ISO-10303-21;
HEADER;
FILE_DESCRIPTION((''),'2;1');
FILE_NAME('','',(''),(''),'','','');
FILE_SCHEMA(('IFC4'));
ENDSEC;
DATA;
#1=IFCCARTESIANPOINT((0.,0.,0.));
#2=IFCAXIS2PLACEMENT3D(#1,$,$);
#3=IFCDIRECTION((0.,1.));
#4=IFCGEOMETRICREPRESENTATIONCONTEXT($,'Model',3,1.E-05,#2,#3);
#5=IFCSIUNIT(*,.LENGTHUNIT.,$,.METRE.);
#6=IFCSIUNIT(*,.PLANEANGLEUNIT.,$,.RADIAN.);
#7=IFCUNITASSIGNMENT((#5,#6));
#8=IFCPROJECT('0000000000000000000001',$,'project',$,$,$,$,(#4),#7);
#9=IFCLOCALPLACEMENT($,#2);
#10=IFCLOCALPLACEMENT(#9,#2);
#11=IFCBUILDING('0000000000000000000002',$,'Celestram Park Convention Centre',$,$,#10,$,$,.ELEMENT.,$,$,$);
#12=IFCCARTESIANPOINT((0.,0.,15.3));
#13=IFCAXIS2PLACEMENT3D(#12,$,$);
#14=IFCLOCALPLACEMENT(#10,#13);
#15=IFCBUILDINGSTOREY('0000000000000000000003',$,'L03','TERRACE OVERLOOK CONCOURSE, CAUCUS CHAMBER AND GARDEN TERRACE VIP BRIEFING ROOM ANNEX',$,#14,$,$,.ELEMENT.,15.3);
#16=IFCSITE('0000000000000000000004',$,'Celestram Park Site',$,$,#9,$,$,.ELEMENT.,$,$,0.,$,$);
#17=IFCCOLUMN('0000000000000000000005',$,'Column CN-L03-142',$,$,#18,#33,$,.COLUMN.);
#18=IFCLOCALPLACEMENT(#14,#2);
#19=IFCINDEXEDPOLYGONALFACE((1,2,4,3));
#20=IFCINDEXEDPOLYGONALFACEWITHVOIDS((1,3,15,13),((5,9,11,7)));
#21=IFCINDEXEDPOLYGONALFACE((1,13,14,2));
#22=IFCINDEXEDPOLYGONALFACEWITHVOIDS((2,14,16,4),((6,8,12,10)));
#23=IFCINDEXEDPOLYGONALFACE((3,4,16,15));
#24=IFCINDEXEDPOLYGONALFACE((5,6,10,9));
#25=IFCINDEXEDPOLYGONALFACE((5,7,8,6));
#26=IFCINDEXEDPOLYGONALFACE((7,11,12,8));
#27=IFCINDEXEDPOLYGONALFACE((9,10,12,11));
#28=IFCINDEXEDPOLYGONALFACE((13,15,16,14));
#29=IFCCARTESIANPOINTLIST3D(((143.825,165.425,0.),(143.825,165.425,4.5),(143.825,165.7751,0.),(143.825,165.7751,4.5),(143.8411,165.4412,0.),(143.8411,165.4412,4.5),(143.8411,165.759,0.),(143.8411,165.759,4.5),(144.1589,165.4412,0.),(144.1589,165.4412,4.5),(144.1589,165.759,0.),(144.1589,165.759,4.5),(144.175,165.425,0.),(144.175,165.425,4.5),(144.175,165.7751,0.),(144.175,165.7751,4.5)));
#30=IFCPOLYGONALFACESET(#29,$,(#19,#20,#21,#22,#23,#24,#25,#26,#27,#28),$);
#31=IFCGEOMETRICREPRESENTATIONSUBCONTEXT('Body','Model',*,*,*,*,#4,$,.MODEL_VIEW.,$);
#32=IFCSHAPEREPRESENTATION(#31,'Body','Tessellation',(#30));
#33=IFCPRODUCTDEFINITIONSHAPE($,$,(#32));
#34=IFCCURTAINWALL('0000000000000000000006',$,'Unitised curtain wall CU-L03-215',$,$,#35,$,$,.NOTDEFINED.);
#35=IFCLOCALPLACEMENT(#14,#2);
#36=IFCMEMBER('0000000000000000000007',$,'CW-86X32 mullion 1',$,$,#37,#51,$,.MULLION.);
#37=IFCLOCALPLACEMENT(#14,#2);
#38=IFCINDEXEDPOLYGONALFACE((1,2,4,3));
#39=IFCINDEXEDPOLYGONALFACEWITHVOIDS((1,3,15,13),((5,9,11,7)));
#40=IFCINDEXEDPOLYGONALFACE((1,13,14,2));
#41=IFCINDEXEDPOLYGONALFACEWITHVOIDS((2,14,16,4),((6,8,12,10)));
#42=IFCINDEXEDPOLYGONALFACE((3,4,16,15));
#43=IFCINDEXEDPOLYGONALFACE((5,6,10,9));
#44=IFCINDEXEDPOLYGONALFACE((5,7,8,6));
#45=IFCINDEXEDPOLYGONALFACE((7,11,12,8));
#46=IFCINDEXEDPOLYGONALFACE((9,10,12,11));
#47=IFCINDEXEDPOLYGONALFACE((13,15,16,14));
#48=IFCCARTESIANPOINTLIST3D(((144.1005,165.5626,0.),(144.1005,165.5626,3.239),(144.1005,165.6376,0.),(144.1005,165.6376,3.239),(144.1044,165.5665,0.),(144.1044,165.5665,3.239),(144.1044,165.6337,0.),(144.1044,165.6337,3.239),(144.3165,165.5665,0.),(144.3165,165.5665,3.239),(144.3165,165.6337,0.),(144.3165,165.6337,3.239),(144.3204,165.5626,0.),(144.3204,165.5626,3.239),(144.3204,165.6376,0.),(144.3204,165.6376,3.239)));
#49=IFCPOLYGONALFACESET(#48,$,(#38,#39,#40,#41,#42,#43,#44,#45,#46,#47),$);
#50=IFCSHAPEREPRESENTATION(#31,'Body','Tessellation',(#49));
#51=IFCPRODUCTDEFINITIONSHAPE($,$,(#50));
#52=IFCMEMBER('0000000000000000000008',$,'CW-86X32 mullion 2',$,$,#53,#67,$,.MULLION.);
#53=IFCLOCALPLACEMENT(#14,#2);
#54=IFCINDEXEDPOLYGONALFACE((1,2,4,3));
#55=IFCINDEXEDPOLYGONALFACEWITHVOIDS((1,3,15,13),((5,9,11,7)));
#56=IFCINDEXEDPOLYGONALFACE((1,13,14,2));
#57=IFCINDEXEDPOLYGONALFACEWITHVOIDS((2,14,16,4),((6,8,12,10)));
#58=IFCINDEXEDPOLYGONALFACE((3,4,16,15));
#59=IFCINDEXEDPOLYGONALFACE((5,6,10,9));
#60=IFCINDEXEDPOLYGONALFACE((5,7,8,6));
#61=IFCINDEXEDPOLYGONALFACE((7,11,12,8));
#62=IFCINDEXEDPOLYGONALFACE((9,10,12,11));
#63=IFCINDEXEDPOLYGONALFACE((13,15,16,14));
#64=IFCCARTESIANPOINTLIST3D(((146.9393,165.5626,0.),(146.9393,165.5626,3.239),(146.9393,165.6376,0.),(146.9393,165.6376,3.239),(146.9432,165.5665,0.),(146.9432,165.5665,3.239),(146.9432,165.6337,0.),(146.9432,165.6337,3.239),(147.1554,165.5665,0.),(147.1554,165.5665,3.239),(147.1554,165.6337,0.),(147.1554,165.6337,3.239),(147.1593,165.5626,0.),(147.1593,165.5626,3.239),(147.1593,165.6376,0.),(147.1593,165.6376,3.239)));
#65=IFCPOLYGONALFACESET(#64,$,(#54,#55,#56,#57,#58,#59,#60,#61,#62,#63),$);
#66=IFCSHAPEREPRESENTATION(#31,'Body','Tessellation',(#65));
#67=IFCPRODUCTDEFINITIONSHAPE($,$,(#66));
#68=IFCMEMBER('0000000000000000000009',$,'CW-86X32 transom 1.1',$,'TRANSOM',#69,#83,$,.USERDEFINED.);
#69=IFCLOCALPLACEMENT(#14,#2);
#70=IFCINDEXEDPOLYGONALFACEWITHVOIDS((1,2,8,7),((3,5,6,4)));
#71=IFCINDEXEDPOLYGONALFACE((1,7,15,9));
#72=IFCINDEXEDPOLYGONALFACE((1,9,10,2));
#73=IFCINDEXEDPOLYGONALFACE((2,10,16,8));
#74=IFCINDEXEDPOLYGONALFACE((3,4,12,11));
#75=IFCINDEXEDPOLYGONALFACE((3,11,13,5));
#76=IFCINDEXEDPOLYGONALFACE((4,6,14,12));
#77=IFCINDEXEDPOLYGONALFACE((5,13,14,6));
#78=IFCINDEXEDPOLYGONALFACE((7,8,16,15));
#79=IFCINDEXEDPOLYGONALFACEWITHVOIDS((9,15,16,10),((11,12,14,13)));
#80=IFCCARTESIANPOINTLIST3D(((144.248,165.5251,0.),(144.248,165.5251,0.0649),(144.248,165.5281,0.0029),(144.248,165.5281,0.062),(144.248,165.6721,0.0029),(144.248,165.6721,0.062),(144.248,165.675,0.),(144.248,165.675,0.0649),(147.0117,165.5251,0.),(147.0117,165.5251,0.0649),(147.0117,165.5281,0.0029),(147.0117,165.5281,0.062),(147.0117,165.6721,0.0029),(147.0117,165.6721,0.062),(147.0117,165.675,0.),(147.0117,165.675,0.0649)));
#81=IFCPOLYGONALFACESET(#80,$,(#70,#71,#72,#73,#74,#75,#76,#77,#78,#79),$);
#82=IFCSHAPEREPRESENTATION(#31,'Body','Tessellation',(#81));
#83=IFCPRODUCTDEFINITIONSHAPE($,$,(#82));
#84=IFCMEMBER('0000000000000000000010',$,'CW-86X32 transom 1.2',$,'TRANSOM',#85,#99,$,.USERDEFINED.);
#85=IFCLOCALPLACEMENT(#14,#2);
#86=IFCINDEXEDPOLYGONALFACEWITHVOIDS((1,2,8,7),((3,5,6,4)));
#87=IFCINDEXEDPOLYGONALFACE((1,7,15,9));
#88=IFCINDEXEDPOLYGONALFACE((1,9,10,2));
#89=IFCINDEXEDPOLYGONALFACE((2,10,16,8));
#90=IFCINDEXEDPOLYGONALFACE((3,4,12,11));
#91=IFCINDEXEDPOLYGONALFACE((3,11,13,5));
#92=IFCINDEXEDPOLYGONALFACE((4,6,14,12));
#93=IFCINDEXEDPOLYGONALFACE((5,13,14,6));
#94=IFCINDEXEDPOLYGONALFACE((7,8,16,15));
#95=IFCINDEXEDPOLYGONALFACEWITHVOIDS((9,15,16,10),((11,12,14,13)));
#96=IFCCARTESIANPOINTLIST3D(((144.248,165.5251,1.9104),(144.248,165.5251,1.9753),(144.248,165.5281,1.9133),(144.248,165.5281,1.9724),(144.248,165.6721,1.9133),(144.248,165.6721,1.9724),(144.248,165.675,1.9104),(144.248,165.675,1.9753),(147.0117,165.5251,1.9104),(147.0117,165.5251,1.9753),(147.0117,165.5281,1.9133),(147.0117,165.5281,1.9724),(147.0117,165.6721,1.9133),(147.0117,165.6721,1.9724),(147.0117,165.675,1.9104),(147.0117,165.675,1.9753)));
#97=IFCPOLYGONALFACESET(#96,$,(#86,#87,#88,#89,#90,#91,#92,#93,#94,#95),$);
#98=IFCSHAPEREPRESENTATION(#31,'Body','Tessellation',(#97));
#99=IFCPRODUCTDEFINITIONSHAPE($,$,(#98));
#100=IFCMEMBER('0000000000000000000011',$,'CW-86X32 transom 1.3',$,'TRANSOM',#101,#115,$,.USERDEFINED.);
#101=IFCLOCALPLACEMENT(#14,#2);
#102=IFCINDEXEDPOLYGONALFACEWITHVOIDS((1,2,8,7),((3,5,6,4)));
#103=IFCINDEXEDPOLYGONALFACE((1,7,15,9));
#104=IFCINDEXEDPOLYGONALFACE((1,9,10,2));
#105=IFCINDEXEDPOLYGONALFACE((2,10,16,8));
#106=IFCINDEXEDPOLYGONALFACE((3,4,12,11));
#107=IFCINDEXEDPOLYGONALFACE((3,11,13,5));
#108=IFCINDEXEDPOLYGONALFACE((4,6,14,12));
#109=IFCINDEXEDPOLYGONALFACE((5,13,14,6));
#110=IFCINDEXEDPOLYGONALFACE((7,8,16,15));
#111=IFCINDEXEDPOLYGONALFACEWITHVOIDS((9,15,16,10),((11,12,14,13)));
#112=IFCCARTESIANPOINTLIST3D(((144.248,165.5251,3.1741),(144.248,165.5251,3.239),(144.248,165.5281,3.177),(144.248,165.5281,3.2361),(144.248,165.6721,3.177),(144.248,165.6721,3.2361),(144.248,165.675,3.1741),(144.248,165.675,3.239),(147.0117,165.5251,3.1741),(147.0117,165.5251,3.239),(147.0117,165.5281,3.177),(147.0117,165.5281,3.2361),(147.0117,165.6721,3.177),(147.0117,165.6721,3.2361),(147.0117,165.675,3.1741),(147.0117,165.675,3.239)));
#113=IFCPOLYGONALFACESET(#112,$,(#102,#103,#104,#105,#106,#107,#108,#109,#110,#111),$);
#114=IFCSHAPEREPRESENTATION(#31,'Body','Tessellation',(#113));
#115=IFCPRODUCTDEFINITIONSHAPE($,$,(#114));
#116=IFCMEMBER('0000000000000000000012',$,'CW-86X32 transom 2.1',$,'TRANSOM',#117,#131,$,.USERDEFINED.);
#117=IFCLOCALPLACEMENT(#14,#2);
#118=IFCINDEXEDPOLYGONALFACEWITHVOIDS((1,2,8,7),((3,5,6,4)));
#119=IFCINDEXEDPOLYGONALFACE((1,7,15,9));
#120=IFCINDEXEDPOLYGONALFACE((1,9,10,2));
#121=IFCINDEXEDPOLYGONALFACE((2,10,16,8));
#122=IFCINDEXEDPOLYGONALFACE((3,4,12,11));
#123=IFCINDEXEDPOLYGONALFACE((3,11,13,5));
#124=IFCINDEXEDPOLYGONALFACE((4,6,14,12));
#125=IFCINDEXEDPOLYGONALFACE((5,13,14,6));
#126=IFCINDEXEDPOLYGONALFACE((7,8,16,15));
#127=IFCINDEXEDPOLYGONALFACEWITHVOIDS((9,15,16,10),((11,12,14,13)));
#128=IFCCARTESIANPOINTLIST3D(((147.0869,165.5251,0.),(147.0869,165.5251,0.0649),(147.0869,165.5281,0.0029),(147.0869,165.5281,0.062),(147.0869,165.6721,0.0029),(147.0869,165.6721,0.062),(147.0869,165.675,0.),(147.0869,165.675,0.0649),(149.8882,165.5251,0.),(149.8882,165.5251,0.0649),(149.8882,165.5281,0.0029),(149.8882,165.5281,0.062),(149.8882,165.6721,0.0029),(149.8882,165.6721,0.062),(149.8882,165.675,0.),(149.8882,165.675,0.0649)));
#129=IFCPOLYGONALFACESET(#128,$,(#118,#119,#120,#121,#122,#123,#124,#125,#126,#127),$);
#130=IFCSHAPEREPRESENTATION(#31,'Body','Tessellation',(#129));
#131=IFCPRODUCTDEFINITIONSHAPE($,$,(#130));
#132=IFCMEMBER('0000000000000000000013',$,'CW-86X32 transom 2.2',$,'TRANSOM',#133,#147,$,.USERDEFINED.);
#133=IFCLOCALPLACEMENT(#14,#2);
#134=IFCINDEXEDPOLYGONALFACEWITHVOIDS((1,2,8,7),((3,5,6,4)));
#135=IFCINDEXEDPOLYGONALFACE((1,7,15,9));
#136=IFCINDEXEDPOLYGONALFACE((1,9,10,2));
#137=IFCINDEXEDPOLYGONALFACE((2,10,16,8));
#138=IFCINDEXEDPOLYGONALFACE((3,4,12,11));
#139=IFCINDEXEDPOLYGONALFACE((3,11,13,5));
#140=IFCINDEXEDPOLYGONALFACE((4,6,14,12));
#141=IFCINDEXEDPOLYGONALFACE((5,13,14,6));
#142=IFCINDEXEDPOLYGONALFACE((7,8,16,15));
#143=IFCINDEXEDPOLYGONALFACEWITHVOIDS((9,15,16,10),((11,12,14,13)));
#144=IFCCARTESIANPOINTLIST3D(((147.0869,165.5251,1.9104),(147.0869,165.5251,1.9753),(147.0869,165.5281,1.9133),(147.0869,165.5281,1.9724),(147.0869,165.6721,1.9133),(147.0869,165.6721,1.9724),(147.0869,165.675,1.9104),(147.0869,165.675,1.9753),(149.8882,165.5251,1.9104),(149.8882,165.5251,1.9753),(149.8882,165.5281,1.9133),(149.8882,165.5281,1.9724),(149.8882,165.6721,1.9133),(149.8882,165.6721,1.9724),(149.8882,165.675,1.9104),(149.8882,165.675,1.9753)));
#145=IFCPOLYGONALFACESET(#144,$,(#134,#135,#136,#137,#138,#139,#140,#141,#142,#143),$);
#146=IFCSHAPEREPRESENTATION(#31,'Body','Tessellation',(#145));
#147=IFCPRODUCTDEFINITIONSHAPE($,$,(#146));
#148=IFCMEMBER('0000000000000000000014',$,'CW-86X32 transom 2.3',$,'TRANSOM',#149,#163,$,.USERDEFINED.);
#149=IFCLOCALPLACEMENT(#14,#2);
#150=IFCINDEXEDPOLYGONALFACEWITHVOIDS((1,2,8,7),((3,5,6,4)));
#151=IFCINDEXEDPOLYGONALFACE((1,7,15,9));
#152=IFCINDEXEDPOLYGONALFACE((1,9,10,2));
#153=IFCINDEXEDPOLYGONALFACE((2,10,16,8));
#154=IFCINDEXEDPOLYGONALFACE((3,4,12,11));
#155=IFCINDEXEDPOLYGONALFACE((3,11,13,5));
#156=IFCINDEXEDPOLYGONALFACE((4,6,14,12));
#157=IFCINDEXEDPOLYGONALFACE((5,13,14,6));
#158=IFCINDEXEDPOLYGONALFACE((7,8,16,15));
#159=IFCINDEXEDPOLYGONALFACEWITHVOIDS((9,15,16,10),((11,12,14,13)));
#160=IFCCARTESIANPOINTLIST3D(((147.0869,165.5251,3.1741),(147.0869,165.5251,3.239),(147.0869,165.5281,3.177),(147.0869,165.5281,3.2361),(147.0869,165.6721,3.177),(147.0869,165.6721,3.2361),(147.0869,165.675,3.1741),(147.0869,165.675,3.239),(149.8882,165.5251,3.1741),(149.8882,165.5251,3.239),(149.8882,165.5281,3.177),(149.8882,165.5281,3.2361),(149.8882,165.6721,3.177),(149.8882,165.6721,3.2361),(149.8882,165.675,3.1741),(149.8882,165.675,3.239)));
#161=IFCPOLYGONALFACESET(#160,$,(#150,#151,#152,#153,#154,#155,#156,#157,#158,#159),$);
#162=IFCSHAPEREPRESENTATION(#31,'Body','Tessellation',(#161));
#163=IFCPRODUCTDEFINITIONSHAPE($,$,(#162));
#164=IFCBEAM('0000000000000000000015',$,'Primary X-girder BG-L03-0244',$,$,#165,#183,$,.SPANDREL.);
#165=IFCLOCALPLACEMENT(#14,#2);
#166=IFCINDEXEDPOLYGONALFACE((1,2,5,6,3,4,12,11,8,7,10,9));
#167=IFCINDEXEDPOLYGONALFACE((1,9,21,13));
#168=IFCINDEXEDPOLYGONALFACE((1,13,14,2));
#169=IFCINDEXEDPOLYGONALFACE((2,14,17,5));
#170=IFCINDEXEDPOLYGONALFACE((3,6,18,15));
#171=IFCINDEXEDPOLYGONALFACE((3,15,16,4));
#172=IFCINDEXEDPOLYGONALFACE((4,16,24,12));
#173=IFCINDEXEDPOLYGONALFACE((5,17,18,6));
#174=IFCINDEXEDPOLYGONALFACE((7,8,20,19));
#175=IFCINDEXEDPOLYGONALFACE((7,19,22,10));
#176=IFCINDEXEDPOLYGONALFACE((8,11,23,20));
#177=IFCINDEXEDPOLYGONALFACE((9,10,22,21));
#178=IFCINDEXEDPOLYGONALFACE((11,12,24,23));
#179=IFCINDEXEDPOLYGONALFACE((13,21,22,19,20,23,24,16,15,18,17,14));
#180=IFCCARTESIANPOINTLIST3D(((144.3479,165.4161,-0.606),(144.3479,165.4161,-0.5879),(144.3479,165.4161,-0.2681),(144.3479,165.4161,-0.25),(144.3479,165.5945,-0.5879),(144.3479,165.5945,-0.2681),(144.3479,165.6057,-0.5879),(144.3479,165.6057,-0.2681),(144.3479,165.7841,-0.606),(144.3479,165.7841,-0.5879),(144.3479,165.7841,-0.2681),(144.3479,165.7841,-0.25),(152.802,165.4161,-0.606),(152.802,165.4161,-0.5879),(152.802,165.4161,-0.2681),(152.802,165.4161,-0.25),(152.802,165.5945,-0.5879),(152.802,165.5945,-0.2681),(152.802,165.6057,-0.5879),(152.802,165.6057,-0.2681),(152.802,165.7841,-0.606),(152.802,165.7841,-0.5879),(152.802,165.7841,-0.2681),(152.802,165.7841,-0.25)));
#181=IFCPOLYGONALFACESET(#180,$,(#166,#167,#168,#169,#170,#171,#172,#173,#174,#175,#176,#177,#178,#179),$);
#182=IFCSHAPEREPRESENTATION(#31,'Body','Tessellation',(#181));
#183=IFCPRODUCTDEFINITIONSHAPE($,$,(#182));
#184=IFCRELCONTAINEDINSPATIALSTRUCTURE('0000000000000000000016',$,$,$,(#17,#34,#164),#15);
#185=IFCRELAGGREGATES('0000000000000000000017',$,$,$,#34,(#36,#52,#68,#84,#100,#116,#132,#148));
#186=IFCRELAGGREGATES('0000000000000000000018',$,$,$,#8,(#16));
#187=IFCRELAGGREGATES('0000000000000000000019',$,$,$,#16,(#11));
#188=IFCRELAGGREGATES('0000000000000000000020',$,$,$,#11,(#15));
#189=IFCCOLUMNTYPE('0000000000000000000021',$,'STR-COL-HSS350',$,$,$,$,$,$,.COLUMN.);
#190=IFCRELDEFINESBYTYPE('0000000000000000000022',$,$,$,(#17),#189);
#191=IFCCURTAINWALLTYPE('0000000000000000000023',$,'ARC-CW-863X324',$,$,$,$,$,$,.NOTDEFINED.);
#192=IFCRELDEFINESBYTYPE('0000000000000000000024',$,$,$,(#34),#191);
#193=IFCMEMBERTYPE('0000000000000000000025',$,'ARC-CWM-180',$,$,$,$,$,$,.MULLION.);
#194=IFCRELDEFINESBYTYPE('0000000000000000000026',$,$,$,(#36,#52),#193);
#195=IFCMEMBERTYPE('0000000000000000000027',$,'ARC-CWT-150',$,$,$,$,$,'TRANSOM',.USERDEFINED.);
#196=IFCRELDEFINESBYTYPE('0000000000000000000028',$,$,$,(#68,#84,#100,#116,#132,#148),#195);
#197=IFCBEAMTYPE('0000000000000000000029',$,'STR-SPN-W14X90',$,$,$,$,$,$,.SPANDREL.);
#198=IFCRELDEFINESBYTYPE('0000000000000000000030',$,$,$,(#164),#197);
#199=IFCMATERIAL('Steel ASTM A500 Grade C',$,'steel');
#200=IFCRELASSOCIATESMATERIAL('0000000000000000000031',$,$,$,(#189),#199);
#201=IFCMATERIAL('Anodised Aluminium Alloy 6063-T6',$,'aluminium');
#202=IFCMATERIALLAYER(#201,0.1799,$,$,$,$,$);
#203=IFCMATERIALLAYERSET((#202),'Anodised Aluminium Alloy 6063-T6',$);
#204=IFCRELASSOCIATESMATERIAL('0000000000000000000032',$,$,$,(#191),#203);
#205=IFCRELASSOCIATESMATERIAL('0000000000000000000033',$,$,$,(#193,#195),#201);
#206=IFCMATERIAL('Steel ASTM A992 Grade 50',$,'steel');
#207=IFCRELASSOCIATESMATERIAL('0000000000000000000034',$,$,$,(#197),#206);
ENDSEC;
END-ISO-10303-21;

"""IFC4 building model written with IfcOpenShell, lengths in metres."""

from ifc_helpers import new_model, si_unit, direction, frame, origin, origin_2d, place, context, subcontext, project, spatial, hollow_rectangle, i_section, extrude, material, layer, layer_set, material_profile, profile_set, type_object, element, aggregate, save


model = new_model("IFC4")

# Units and contexts
model_context = context("Model", 3, precision=1e-05, world=origin(), true_north=direction((0.0, 1.0)))
body_context = subcontext(model_context, "Body", "Model", "MODEL_VIEW")
ifc_project = project(units=[si_unit("LENGTHUNIT", "METRE"), si_unit("PLANEANGLEUNIT", "RADIAN")], contexts=[model_context])

# Site, building, storey
site_placement = place(None, origin())
site = spatial("IfcSite", under=ifc_project, at=site_placement, Name="Celestram Park Site", CompositionType="ELEMENT", RefElevation=0.0)
building_placement = place(site_placement, origin())
building = spatial("IfcBuilding", under=site, at=building_placement, Name="Celestram Park Convention Centre", CompositionType="ELEMENT")
storey_placement = place(building_placement, frame((0.0, 0.0, 15.3)))
storey = spatial("IfcBuildingStorey", under=building, at=storey_placement, Name="L03", Description="TERRACE OVERLOOK CONCOURSE, CAUCUS CHAMBER AND GARDEN TERRACE VIP BRIEFING ROOM ANNEX", CompositionType="ELEMENT", Elevation=15.3)

# Column
ifc_material_1 = material(Name="Steel ASTM A500 Grade C", Category="steel")
ifc_material_profile_1 = material_profile(ifc_material_1, hollow_rectangle(XDim=0.3501, YDim=0.3501, WallThickness=0.0161, at=origin_2d()), Name="HSS350X350X16")
ifc_profile_set_1 = profile_set([ifc_material_profile_1], Name="Steel ASTM A500 Grade C")
column_type = type_object("IfcColumnType", Name="STR-COL-HSS350", PredefinedType="COLUMN", material=ifc_profile_set_1)
column_placement = place(storey_placement, frame((144.0, 165.6001, 0.0), z_axis=(0.0, 0.0, 1.0), x_axis=(1.0, 0.0, 0.0)))
element("IfcColumn", 1, at=column_placement, inside=storey, type_object=column_type, Name="Column CN-L03-142", PredefinedType="COLUMN", context=body_context, shape_type="SweptSolid", body=[
    extrude(hollow_rectangle(XDim=0.3501, YDim=0.3501, WallThickness=0.0161, at=origin_2d()), origin(), (0.0, 0.0, 1.0), 4.5),
])

# Curtain wall, members
ifc_material_2 = material(Name="Anodised Aluminium Alloy 6063-T6", Category="aluminium")
ifc_layer_1 = layer(ifc_material_2, 0.1799)
ifc_layer_set_1 = layer_set([ifc_layer_1], Name="Anodised Aluminium Alloy 6063-T6")
curtain_wall_type = type_object("IfcCurtainWallType", Name="ARC-CW-863X324", PredefinedType="NOTDEFINED", material=ifc_layer_set_1)
curtain_wall_placement = place(storey_placement, origin())
curtain_wall = element("IfcCurtainWall", 2, at=curtain_wall_placement, inside=storey, type_object=curtain_wall_type, Name="Unitised curtain wall CU-L03-215", PredefinedType="NOTDEFINED")
ifc_material_profile_2 = material_profile(ifc_material_2, hollow_rectangle(XDim=0.075, YDim=0.22, WallThickness=0.0039, at=origin_2d()), Name="ALU75X220X4")
ifc_profile_set_2 = profile_set([ifc_material_profile_2], Name="Anodised Aluminium Alloy 6063-T6")
member_type_1 = type_object("IfcMemberType", Name="ARC-CWM-180", PredefinedType="MULLION", material=ifc_profile_set_2)
member_1_placement = place(storey_placement, frame((144.2104, 165.6001, 0.0), z_axis=(0.0, 0.0, 1.0), x_axis=(0.0, 1.0, 0.0)))
member_1 = element("IfcMember", 3, at=member_1_placement, type_object=member_type_1, Name="CW-86X32 mullion 1", PredefinedType="MULLION", context=body_context, shape_type="SweptSolid", body=[
    extrude(hollow_rectangle(XDim=0.075, YDim=0.22, WallThickness=0.0039, at=origin_2d()), origin(), (0.0, 0.0, 1.0), 3.239),
])
member_2_placement = place(storey_placement, frame((147.0493, 165.6001, 0.0), z_axis=(0.0, 0.0, 1.0), x_axis=(0.0, 1.0, 0.0)))
member_2 = element("IfcMember", 4, at=member_2_placement, type_object=member_type_1, Name="CW-86X32 mullion 2", PredefinedType="MULLION", context=body_context, shape_type="SweptSolid", body=[
    extrude(hollow_rectangle(XDim=0.075, YDim=0.22, WallThickness=0.0039, at=origin_2d()), origin(), (0.0, 0.0, 1.0), 3.239),
])
ifc_material_profile_3 = material_profile(ifc_material_2, hollow_rectangle(XDim=0.1499, YDim=0.0649, WallThickness=0.0029, at=origin_2d()), Name="ALU150X65X3")
ifc_profile_set_3 = profile_set([ifc_material_profile_3], Name="Anodised Aluminium Alloy 6063-T6")
member_type_2 = type_object("IfcMemberType", Name="ARC-CWT-150", ElementType="TRANSOM", PredefinedType="USERDEFINED", material=ifc_profile_set_3)
member_3_placement = place(storey_placement, frame((144.248, 165.6001, 0.0325), z_axis=(1.0, 0.0, 0.0), x_axis=(0.0, 1.0, 0.0)))
member_3 = element("IfcMember", 5, at=member_3_placement, type_object=member_type_2, Name="CW-86X32 transom 1.1", ObjectType="TRANSOM", PredefinedType="USERDEFINED", context=body_context, shape_type="SweptSolid", body=[
    extrude(hollow_rectangle(XDim=0.1499, YDim=0.0649, WallThickness=0.0029, at=origin_2d()), origin(), (0.0, 0.0, 1.0), 2.7637),
])
member_4_placement = place(storey_placement, frame((144.248, 165.6001, 1.9429), z_axis=(1.0, 0.0, 0.0), x_axis=(0.0, 1.0, 0.0)))
member_4 = element("IfcMember", 6, at=member_4_placement, type_object=member_type_2, Name="CW-86X32 transom 1.2", ObjectType="TRANSOM", PredefinedType="USERDEFINED", context=body_context, shape_type="SweptSolid", body=[
    extrude(hollow_rectangle(XDim=0.1499, YDim=0.0649, WallThickness=0.0029, at=origin_2d()), origin(), (0.0, 0.0, 1.0), 2.7637),
])
member_5_placement = place(storey_placement, frame((144.248, 165.6001, 3.2065), z_axis=(1.0, 0.0, 0.0), x_axis=(0.0, 1.0, 0.0)))
member_5 = element("IfcMember", 7, at=member_5_placement, type_object=member_type_2, Name="CW-86X32 transom 1.3", ObjectType="TRANSOM", PredefinedType="USERDEFINED", context=body_context, shape_type="SweptSolid", body=[
    extrude(hollow_rectangle(XDim=0.1499, YDim=0.0649, WallThickness=0.0029, at=origin_2d()), origin(), (0.0, 0.0, 1.0), 2.7637),
])
member_6_placement = place(storey_placement, frame((147.0869, 165.6001, 0.0325), z_axis=(1.0, 0.0, 0.0), x_axis=(0.0, 1.0, 0.0)))
member_6 = element("IfcMember", 8, at=member_6_placement, type_object=member_type_2, Name="CW-86X32 transom 2.1", ObjectType="TRANSOM", PredefinedType="USERDEFINED", context=body_context, shape_type="SweptSolid", body=[
    extrude(hollow_rectangle(XDim=0.1499, YDim=0.0649, WallThickness=0.0029, at=origin_2d()), origin(), (0.0, 0.0, 1.0), 2.8013),
])
member_7_placement = place(storey_placement, frame((147.0869, 165.6001, 1.9429), z_axis=(1.0, 0.0, 0.0), x_axis=(0.0, 1.0, 0.0)))
member_7 = element("IfcMember", 9, at=member_7_placement, type_object=member_type_2, Name="CW-86X32 transom 2.2", ObjectType="TRANSOM", PredefinedType="USERDEFINED", context=body_context, shape_type="SweptSolid", body=[
    extrude(hollow_rectangle(XDim=0.1499, YDim=0.0649, WallThickness=0.0029, at=origin_2d()), origin(), (0.0, 0.0, 1.0), 2.8013),
])
member_8_placement = place(storey_placement, frame((147.0869, 165.6001, 3.2065), z_axis=(1.0, 0.0, 0.0), x_axis=(0.0, 1.0, 0.0)))
member_8 = element("IfcMember", 10, at=member_8_placement, type_object=member_type_2, Name="CW-86X32 transom 2.3", ObjectType="TRANSOM", PredefinedType="USERDEFINED", context=body_context, shape_type="SweptSolid", body=[
    extrude(hollow_rectangle(XDim=0.1499, YDim=0.0649, WallThickness=0.0029, at=origin_2d()), origin(), (0.0, 0.0, 1.0), 2.8013),
])

# Beam
ifc_material_3 = material(Name="Steel ASTM A992 Grade 50", Category="steel")
ifc_material_profile_4 = material_profile(ifc_material_3, i_section(OverallWidth=0.3679, OverallDepth=0.356, WebThickness=0.0112, FlangeThickness=0.0181, at=origin_2d()), Name="W14X90")
ifc_profile_set_4 = profile_set([ifc_material_profile_4], Name="Steel ASTM A992 Grade 50")
beam_type = type_object("IfcBeamType", Name="STR-SPN-W14X90", PredefinedType="SPANDREL", material=ifc_profile_set_4)
beam_placement = place(storey_placement, frame((144.3479, 165.6001, -0.428), z_axis=(1.0, 0.0, 0.0), x_axis=(0.0, 1.0, 0.0)))
element("IfcBeam", 11, at=beam_placement, inside=storey, type_object=beam_type, Name="Primary X-girder BG-L03-0244", PredefinedType="SPANDREL", context=body_context, shape_type="SweptSolid", body=[
    extrude(i_section(OverallWidth=0.3679, OverallDepth=0.356, WebThickness=0.0112, FlangeThickness=0.0181, at=origin_2d()), origin(), (0.0, 0.0, 1.0), 8.4541),
])

aggregate(curtain_wall, [member_1, member_2, member_3, member_4, member_5, member_6, member_7, member_8])

save(model, "model.ifc")
